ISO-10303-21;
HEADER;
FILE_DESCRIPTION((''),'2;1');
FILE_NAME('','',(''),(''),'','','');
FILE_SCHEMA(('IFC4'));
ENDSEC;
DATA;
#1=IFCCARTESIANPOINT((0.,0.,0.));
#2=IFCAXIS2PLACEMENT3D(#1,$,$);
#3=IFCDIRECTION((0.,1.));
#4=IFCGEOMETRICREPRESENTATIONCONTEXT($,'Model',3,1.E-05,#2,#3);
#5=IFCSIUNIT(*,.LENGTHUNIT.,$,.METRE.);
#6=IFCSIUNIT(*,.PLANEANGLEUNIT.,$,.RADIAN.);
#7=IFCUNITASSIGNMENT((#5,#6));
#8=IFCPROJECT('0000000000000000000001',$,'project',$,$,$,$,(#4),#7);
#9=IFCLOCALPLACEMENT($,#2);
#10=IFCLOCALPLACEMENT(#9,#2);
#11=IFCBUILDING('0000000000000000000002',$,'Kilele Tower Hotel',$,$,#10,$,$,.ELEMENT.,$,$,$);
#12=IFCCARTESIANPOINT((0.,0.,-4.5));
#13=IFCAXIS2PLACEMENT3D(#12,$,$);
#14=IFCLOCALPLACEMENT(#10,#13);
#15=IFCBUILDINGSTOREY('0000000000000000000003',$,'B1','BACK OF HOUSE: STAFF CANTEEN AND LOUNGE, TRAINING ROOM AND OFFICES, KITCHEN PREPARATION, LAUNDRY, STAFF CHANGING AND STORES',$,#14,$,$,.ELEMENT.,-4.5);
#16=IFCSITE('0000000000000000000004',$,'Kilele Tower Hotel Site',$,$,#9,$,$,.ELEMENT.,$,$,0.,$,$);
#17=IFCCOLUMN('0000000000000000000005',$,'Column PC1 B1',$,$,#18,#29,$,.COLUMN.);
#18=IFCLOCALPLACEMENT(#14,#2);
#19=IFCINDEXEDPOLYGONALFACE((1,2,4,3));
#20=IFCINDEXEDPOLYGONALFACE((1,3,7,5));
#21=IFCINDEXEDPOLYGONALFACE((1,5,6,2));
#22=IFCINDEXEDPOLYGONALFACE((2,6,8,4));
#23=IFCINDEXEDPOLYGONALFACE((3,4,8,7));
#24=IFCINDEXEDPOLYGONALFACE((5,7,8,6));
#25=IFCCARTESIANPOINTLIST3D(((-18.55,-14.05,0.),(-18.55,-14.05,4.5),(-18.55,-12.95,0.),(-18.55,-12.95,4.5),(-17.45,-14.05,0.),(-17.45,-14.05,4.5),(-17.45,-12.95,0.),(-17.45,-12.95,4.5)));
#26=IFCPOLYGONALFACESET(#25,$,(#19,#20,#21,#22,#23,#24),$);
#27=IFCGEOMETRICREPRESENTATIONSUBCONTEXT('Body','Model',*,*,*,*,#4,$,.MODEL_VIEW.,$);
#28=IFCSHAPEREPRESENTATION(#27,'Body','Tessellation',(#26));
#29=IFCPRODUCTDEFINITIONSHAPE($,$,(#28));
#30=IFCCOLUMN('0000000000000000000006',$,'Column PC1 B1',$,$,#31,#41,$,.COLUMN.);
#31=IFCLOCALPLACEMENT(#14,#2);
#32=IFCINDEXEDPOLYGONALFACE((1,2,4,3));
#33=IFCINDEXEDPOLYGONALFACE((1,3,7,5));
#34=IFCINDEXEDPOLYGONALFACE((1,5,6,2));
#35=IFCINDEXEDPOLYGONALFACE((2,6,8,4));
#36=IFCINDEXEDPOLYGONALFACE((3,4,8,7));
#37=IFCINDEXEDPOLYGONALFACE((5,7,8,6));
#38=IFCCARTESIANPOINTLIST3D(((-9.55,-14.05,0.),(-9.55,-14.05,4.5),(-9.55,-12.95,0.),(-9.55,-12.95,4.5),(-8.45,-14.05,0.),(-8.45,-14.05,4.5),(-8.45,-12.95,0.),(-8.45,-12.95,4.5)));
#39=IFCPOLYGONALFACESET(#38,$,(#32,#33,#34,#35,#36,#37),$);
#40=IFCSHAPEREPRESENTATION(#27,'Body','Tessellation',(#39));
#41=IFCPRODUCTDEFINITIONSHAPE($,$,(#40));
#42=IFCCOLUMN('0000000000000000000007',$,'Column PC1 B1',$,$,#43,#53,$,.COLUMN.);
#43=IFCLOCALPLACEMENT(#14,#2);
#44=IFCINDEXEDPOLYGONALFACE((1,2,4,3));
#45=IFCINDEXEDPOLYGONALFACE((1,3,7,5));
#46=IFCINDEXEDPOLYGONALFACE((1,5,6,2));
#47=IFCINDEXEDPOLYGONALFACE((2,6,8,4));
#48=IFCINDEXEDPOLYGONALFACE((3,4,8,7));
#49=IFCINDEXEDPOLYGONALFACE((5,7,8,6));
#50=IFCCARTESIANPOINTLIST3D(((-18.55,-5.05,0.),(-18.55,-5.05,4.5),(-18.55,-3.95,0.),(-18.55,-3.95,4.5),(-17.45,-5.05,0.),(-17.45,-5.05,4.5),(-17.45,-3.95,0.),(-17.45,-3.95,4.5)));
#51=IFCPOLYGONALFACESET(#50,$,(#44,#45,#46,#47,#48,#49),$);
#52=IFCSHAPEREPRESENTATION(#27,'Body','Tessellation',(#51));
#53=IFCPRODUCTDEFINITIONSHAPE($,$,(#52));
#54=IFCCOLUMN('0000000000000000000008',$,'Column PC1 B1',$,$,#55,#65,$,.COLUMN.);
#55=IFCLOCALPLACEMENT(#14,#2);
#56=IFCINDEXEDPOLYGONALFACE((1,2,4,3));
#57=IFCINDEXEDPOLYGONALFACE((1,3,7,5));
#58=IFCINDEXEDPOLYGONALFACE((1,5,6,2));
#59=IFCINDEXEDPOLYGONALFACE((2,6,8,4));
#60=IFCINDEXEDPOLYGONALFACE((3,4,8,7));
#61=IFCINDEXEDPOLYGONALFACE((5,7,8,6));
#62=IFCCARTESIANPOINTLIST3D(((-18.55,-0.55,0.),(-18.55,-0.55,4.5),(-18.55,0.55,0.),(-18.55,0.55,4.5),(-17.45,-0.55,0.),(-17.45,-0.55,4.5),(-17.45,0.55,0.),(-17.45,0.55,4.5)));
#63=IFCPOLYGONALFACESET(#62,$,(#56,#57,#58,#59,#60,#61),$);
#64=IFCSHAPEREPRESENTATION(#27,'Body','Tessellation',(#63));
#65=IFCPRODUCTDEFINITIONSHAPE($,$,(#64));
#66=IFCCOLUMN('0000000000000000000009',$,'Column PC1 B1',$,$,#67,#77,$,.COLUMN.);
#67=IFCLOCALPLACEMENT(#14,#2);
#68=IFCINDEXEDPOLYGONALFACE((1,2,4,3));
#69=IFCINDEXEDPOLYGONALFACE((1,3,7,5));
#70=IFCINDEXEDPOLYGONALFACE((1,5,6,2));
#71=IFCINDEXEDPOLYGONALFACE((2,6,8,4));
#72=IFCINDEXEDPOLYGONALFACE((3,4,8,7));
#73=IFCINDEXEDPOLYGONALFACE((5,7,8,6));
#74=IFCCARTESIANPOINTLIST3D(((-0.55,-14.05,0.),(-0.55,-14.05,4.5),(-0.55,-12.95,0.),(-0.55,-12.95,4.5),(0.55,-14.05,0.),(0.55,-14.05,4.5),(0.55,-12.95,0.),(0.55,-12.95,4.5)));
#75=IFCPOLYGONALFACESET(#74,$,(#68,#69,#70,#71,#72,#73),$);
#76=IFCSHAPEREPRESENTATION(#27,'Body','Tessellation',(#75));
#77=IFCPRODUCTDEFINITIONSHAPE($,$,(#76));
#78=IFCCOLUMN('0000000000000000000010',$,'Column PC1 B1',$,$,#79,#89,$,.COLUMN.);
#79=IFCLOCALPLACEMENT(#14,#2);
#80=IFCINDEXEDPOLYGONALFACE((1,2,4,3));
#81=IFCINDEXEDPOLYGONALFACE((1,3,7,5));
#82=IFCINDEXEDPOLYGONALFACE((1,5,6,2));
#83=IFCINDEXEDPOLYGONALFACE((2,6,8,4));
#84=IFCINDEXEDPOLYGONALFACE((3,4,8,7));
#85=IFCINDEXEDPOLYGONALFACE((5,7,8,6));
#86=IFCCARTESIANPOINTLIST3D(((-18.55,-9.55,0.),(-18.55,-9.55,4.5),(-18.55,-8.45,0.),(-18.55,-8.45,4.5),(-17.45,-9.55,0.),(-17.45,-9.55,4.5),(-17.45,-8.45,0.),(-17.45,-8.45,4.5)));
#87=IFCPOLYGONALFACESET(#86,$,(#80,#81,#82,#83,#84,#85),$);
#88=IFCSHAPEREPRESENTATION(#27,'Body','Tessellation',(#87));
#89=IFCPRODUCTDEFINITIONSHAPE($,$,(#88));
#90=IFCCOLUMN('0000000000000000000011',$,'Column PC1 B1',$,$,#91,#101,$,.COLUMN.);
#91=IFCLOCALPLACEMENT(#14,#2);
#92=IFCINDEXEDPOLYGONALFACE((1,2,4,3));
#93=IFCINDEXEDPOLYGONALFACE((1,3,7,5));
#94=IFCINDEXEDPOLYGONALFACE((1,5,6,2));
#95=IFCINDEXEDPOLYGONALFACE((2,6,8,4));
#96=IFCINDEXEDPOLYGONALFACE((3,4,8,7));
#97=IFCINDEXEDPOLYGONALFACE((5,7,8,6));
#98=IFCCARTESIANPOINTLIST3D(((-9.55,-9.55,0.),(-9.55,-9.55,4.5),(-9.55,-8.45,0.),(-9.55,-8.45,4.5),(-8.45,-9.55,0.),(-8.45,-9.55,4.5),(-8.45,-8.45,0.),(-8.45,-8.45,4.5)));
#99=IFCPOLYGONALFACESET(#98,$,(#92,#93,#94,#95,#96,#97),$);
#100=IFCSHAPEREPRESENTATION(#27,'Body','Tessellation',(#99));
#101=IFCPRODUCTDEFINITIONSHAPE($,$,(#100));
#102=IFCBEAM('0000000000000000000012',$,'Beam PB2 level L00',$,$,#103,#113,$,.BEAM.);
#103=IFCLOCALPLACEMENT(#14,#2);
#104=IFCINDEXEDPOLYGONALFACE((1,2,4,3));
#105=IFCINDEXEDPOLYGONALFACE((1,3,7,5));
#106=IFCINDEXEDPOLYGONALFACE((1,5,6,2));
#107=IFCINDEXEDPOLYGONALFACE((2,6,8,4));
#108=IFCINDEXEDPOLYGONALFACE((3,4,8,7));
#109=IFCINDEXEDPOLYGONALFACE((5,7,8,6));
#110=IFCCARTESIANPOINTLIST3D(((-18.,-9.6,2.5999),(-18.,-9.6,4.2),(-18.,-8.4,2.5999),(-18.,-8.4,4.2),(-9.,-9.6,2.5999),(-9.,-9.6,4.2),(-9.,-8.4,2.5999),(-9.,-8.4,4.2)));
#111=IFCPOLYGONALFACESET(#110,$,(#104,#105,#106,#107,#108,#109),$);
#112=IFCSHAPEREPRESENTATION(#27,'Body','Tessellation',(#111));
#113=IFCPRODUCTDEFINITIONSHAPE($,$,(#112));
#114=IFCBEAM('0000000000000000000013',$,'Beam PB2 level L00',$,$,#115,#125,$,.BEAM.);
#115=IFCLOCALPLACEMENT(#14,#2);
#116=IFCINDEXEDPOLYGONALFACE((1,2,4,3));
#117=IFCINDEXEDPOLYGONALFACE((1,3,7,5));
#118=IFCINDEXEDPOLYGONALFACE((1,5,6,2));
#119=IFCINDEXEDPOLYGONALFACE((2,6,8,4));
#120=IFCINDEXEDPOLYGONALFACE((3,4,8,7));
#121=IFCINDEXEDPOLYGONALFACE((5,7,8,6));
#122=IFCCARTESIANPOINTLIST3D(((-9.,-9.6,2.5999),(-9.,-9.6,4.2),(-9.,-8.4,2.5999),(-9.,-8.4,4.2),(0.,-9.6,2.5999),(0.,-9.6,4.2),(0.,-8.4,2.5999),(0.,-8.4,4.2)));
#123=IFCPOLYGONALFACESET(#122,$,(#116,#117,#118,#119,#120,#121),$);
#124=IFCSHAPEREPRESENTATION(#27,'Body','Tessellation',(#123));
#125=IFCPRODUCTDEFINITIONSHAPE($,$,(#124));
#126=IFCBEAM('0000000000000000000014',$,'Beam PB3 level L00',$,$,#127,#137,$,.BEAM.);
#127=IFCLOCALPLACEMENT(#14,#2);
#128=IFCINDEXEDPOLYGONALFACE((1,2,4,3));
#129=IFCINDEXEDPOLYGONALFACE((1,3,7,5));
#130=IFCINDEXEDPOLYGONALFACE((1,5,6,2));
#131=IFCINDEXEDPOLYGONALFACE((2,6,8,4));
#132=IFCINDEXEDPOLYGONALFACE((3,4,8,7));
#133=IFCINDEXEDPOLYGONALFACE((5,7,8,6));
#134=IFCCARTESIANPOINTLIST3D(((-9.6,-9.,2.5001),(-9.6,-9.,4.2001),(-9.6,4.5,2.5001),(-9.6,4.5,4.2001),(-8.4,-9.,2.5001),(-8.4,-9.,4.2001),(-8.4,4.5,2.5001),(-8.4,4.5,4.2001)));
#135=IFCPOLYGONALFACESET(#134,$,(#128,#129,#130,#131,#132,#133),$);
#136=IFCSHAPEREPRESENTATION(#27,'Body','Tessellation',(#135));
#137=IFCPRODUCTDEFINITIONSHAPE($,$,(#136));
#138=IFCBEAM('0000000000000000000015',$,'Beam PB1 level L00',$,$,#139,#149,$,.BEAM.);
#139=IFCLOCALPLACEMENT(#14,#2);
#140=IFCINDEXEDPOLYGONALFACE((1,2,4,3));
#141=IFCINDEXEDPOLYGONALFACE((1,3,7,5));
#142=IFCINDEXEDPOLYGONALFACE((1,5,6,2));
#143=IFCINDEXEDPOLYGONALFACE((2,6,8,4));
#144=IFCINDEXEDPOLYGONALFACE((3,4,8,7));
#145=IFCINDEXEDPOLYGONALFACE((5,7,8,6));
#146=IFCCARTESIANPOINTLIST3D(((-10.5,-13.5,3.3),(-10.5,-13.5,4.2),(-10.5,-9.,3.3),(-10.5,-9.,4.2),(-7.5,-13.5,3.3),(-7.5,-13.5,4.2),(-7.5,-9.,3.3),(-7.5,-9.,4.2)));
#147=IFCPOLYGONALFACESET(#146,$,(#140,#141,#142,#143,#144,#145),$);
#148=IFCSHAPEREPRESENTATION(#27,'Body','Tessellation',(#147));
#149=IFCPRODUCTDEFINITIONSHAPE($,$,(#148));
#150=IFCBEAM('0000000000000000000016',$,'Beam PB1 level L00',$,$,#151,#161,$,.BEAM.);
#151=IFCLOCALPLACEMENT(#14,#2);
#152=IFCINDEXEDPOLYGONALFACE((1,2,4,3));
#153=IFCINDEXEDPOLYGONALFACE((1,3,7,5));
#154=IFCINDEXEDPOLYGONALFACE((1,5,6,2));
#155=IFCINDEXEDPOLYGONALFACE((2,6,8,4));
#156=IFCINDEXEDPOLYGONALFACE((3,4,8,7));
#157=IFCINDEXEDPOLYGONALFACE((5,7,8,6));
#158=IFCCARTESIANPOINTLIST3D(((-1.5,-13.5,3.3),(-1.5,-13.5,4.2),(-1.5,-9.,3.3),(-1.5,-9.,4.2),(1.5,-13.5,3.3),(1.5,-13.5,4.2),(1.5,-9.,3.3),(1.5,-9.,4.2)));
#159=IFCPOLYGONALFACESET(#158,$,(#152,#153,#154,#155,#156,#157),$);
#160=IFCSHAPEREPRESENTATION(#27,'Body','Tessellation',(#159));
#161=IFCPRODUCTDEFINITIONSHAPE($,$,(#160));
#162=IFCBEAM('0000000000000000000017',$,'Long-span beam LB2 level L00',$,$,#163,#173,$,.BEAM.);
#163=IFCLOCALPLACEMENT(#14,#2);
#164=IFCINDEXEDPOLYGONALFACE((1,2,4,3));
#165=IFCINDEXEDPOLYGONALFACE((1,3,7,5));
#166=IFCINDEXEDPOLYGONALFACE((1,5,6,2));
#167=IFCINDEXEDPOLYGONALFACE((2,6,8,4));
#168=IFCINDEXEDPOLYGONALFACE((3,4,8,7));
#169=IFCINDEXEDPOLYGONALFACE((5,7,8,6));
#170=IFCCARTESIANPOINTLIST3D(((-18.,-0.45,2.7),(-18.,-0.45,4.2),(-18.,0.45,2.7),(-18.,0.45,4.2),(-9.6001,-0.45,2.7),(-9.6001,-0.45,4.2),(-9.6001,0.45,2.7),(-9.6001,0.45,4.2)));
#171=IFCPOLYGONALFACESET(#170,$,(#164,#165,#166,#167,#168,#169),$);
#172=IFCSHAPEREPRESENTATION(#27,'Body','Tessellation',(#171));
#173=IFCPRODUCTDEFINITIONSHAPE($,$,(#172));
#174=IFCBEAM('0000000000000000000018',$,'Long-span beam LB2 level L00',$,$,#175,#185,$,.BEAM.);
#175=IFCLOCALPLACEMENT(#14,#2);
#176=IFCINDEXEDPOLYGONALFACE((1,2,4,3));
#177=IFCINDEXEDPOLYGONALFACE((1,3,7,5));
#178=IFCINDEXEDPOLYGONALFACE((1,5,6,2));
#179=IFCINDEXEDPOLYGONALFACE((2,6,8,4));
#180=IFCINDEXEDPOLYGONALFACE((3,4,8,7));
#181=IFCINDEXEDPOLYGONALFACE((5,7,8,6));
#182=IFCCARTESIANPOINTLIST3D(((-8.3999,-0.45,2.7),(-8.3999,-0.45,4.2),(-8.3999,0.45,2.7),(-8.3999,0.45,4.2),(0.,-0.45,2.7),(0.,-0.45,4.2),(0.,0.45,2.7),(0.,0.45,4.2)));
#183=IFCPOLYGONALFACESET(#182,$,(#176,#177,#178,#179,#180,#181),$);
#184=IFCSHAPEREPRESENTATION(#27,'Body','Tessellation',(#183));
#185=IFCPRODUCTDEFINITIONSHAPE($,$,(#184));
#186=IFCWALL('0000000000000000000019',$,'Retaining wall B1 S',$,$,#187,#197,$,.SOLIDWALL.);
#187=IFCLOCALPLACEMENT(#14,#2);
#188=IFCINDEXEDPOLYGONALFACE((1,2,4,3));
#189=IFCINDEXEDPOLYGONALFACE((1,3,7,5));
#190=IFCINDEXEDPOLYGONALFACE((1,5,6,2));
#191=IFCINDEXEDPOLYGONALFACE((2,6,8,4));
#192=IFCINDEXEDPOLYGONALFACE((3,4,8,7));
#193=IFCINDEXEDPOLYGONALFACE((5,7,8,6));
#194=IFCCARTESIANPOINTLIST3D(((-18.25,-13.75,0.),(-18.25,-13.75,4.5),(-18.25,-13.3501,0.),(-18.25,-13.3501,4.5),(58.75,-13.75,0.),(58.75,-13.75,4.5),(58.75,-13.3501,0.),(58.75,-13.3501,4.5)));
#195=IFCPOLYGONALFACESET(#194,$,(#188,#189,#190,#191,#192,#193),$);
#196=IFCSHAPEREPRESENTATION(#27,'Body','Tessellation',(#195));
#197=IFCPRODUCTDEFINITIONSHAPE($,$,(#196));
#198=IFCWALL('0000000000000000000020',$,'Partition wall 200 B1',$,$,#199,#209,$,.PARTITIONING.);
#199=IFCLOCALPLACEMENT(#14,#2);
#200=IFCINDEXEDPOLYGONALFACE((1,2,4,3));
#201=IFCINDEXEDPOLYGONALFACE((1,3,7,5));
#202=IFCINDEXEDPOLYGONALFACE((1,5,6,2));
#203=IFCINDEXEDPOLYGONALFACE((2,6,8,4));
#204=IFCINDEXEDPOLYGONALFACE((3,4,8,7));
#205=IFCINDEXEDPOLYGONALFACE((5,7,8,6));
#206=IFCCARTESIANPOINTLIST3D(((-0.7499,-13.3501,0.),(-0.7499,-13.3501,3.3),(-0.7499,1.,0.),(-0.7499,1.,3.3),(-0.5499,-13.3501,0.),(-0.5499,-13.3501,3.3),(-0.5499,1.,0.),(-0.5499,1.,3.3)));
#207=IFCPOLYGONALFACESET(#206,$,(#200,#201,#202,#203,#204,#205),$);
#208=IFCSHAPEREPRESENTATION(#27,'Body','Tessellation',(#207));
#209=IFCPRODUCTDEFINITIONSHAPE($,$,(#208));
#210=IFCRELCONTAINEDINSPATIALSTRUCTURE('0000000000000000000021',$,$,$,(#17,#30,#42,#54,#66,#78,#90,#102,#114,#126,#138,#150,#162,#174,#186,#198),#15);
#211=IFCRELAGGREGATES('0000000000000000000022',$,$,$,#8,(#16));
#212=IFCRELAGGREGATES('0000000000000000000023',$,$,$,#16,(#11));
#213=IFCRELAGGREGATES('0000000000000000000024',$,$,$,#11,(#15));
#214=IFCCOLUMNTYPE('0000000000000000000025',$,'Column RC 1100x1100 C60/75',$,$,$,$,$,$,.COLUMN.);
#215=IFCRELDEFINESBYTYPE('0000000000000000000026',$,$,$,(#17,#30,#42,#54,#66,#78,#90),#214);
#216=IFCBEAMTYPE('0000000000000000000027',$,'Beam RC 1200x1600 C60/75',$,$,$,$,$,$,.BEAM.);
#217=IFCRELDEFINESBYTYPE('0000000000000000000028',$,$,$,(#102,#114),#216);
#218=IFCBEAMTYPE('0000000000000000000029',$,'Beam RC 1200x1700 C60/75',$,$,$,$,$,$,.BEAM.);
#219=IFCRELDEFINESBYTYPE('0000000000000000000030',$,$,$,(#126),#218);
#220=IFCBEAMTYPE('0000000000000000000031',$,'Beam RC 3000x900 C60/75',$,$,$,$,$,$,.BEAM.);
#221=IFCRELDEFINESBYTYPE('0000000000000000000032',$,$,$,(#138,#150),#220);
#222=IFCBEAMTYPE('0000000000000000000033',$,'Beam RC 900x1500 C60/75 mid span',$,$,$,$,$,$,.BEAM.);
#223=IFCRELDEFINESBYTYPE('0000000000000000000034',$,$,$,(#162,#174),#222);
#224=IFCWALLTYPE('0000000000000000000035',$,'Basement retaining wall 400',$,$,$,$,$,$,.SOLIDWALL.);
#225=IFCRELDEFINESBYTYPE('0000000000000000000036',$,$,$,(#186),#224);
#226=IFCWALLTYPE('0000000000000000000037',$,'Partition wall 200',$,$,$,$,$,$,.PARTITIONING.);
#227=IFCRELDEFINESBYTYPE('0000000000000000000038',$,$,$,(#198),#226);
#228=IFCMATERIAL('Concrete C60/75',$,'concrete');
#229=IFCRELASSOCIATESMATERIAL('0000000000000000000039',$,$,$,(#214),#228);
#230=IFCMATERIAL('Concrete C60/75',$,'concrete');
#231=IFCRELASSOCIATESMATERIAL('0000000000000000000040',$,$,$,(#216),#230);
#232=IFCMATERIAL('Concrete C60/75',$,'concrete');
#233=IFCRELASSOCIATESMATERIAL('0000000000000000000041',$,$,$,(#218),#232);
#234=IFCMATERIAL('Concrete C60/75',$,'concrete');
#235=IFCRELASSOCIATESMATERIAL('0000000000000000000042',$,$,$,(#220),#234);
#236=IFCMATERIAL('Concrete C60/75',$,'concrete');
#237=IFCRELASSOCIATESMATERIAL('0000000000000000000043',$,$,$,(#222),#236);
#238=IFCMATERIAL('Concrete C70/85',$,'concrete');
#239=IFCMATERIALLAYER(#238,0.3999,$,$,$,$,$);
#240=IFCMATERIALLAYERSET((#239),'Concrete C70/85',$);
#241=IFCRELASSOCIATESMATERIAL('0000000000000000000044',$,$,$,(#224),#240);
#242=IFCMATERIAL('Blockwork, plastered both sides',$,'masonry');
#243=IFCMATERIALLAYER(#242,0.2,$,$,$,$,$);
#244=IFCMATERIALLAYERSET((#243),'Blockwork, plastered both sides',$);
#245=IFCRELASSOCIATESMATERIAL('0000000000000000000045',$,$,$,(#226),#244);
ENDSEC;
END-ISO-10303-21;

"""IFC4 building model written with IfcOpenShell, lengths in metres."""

from ifc_helpers import new_model, si_unit, direction, frame, frame_2d, origin, origin_2d, place, context, subcontext, project, spatial, rectangle, extrude, material, layer, layer_set, material_profile, profile_set, type_object, element, save


model = new_model("IFC4")

# Units and contexts
model_context = context("Model", 3, precision=1e-05, world=origin(), true_north=direction((0.0, 1.0)))
body_context = subcontext(model_context, "Body", "Model", "MODEL_VIEW")
ifc_project = project(units=[si_unit("LENGTHUNIT", "METRE"), si_unit("PLANEANGLEUNIT", "RADIAN")], contexts=[model_context])

# Site, building, storey
site_placement = place(None, origin())
site = spatial("IfcSite", under=ifc_project, at=site_placement, Name="Kilele Tower Hotel Site", CompositionType="ELEMENT", RefElevation=0.0)
building_placement = place(site_placement, origin())
building = spatial("IfcBuilding", under=site, at=building_placement, Name="Kilele Tower Hotel", CompositionType="ELEMENT")
storey_placement = place(building_placement, frame((0.0, 0.0, -4.5)))
storey = spatial("IfcBuildingStorey", under=building, at=storey_placement, Name="B1", Description="BACK OF HOUSE: STAFF CANTEEN AND LOUNGE, TRAINING ROOM AND OFFICES, KITCHEN PREPARATION, LAUNDRY, STAFF CHANGING AND STORES", CompositionType="ELEMENT", Elevation=-4.5)

# Columns
ifc_material_1 = material(Name="Concrete C60/75", Category="concrete")
ifc_material_profile_1 = material_profile(ifc_material_1, rectangle(XDim=1.1001, YDim=1.1001, at=origin_2d()))
ifc_profile_set_1 = profile_set([ifc_material_profile_1], Name="Concrete C60/75")
column_type = type_object("IfcColumnType", Name="Column RC 1100x1100 C60/75", PredefinedType="COLUMN", material=ifc_profile_set_1)
for number, where, z_axis, x_axis, name in (
    (1, (-18.0, -13.5, 0.0), (0.0, 0.0, 1.0), (1.0, 0.0, 0.0), "Column PC1 B1"),
    (2, (-9.0, -13.5, 0.0), (0.0, 0.0, 1.0), (1.0, 0.0, 0.0), "Column PC1 B1"),
    (3, (-18.0, -4.5, 0.0), (0.0, 0.0, 1.0), (1.0, 0.0, 0.0), "Column PC1 B1"),
    (4, (-18.0, 0.0, 0.0), (0.0, 0.0, 1.0), (1.0, 0.0, 0.0), "Column PC1 B1"),
    (5, (0.0, -13.5, 0.0), (0.0, 0.0, 1.0), (1.0, 0.0, 0.0), "Column PC1 B1"),
    (6, (-18.0, -9.0, 0.0), (0.0, 0.0, 1.0), (1.0, 0.0, 0.0), "Column PC1 B1"),
    (7, (-9.0, -9.0, 0.0), (0.0, 0.0, 1.0), (1.0, 0.0, 0.0), "Column PC1 B1"),
):
    element("IfcColumn", number, at=place(storey_placement, frame(where, z_axis=z_axis, x_axis=x_axis)), inside=storey, type_object=column_type, Name=name, PredefinedType="COLUMN", context=body_context, shape_type="SweptSolid", body=[
        extrude(rectangle(XDim=1.1001, YDim=1.1001, at=origin_2d()), origin(), (0.0, 0.0, 1.0), 4.5),
    ])

# Beams
ifc_material_2 = material(Name="Concrete C60/75", Category="concrete")
ifc_material_profile_2 = material_profile(ifc_material_2, rectangle(XDim=1.2, YDim=1.6001, at=origin_2d()))
ifc_profile_set_2 = profile_set([ifc_material_profile_2], Name="Concrete C60/75")
beam_type_1 = type_object("IfcBeamType", Name="Beam RC 1200x1600 C60/75", PredefinedType="BEAM", material=ifc_profile_set_2)
for number, where, z_axis, x_axis, name in (
    (8, (-18.0, -9.0, 3.3999), (1.0, 0.0, 0.0), (0.0, 1.0, 0.0), "Beam PB2 level L00"),
    (9, (-9.0, -9.0, 3.3999), (1.0, 0.0, 0.0), (0.0, 1.0, 0.0), "Beam PB2 level L00"),
):
    element("IfcBeam", number, at=place(storey_placement, frame(where, z_axis=z_axis, x_axis=x_axis)), inside=storey, type_object=beam_type_1, Name=name, PredefinedType="BEAM", context=body_context, shape_type="SweptSolid", body=[
        extrude(rectangle(XDim=1.2, YDim=1.6001, at=origin_2d()), origin(), (0.0, 0.0, 1.0), 9.0),
    ])
ifc_material_3 = material(Name="Concrete C60/75", Category="concrete")
ifc_material_profile_3 = material_profile(ifc_material_3, rectangle(XDim=1.2, YDim=1.7, at=origin_2d()))
ifc_profile_set_3 = profile_set([ifc_material_profile_3], Name="Concrete C60/75")
beam_type_2 = type_object("IfcBeamType", Name="Beam RC 1200x1700 C60/75", PredefinedType="BEAM", material=ifc_profile_set_3)
beam_placement = place(storey_placement, frame((-9.0, -9.0, 3.3501), z_axis=(0.0, 1.0, 0.0), x_axis=(-1.0, 0.0, 0.0)))
element("IfcBeam", 10, at=beam_placement, inside=storey, type_object=beam_type_2, Name="Beam PB3 level L00", PredefinedType="BEAM", context=body_context, shape_type="SweptSolid", body=[
    extrude(rectangle(XDim=1.2, YDim=1.7, at=origin_2d()), origin(), (0.0, 0.0, 1.0), 13.5),
])
ifc_material_4 = material(Name="Concrete C60/75", Category="concrete")
ifc_material_profile_4 = material_profile(ifc_material_4, rectangle(XDim=3.0, YDim=0.8999, at=origin_2d()))
ifc_profile_set_4 = profile_set([ifc_material_profile_4], Name="Concrete C60/75")
beam_type_3 = type_object("IfcBeamType", Name="Beam RC 3000x900 C60/75", PredefinedType="BEAM", material=ifc_profile_set_4)
for number, where, z_axis, x_axis, name in (
    (11, (-9.0, -13.5, 3.75), (0.0, 1.0, 0.0), (-1.0, 0.0, 0.0), "Beam PB1 level L00"),
    (12, (0.0, -13.5, 3.75), (0.0, 1.0, 0.0), (-1.0, 0.0, 0.0), "Beam PB1 level L00"),
):
    element("IfcBeam", number, at=place(storey_placement, frame(where, z_axis=z_axis, x_axis=x_axis)), inside=storey, type_object=beam_type_3, Name=name, PredefinedType="BEAM", context=body_context, shape_type="SweptSolid", body=[
        extrude(rectangle(XDim=3.0, YDim=0.8999, at=origin_2d()), origin(), (0.0, 0.0, 1.0), 4.5),
    ])
ifc_material_5 = material(Name="Concrete C60/75", Category="concrete")
ifc_material_profile_5 = material_profile(ifc_material_5, rectangle(XDim=0.8999, YDim=1.5, at=origin_2d()))
ifc_profile_set_5 = profile_set([ifc_material_profile_5], Name="Concrete C60/75")
beam_type_4 = type_object("IfcBeamType", Name="Beam RC 900x1500 C60/75 mid span", PredefinedType="BEAM", material=ifc_profile_set_5)
for number, where, z_axis, x_axis, name in (
    (13, (-18.0, 0.0, 3.45), (1.0, 0.0, 0.0), (0.0, 1.0, 0.0), "Long-span beam LB2 level L00"),
    (14, (-8.3999, 0.0, 3.45), (1.0, 0.0, 0.0), (0.0, 1.0, 0.0), "Long-span beam LB2 level L00"),
):
    element("IfcBeam", number, at=place(storey_placement, frame(where, z_axis=z_axis, x_axis=x_axis)), inside=storey, type_object=beam_type_4, Name=name, PredefinedType="BEAM", context=body_context, shape_type="SweptSolid", body=[
        extrude(rectangle(XDim=0.8999, YDim=1.5, at=origin_2d()), origin(), (0.0, 0.0, 1.0), 8.3999),
    ])

# Walls
ifc_material_6 = material(Name="Concrete C70/85", Category="concrete")
ifc_layer_1 = layer(ifc_material_6, 0.3999)
ifc_layer_set_1 = layer_set([ifc_layer_1], Name="Concrete C70/85")
wall_type_1 = type_object("IfcWallType", Name="Basement retaining wall 400", PredefinedType="SOLIDWALL", material=ifc_layer_set_1)
wall_1_placement = place(storey_placement, frame((-18.25, -13.55, 0.0), z_axis=(0.0, 0.0, 1.0), x_axis=(1.0, 0.0, 0.0)))
element("IfcWall", 15, at=wall_1_placement, inside=storey, type_object=wall_type_1, Name="Retaining wall B1 S", PredefinedType="SOLIDWALL", context=body_context, shape_type="SweptSolid", body=[
    extrude(rectangle(XDim=77.0, YDim=0.3999, at=frame_2d((38.5, 0.0))), origin(), (0.0, 0.0, 1.0), 4.5),
])
ifc_material_7 = material(Name="Blockwork, plastered both sides", Category="masonry")
ifc_layer_2 = layer(ifc_material_7, 0.2)
ifc_layer_set_2 = layer_set([ifc_layer_2], Name="Blockwork, plastered both sides")
wall_type_2 = type_object("IfcWallType", Name="Partition wall 200", PredefinedType="PARTITIONING", material=ifc_layer_set_2)
wall_2_placement = place(storey_placement, frame((-0.6499, -13.3501, 0.0), z_axis=(0.0, 0.0, 1.0), x_axis=(0.0, 1.0, 0.0)))
element("IfcWall", 16, at=wall_2_placement, inside=storey, type_object=wall_type_2, Name="Partition wall 200 B1", PredefinedType="PARTITIONING", context=body_context, shape_type="SweptSolid", body=[
    extrude(rectangle(XDim=14.3501, YDim=0.2, at=frame_2d((7.175, 0.0))), origin(), (0.0, 0.0, 1.0), 3.3),
])

save(model, "model.ifc")
